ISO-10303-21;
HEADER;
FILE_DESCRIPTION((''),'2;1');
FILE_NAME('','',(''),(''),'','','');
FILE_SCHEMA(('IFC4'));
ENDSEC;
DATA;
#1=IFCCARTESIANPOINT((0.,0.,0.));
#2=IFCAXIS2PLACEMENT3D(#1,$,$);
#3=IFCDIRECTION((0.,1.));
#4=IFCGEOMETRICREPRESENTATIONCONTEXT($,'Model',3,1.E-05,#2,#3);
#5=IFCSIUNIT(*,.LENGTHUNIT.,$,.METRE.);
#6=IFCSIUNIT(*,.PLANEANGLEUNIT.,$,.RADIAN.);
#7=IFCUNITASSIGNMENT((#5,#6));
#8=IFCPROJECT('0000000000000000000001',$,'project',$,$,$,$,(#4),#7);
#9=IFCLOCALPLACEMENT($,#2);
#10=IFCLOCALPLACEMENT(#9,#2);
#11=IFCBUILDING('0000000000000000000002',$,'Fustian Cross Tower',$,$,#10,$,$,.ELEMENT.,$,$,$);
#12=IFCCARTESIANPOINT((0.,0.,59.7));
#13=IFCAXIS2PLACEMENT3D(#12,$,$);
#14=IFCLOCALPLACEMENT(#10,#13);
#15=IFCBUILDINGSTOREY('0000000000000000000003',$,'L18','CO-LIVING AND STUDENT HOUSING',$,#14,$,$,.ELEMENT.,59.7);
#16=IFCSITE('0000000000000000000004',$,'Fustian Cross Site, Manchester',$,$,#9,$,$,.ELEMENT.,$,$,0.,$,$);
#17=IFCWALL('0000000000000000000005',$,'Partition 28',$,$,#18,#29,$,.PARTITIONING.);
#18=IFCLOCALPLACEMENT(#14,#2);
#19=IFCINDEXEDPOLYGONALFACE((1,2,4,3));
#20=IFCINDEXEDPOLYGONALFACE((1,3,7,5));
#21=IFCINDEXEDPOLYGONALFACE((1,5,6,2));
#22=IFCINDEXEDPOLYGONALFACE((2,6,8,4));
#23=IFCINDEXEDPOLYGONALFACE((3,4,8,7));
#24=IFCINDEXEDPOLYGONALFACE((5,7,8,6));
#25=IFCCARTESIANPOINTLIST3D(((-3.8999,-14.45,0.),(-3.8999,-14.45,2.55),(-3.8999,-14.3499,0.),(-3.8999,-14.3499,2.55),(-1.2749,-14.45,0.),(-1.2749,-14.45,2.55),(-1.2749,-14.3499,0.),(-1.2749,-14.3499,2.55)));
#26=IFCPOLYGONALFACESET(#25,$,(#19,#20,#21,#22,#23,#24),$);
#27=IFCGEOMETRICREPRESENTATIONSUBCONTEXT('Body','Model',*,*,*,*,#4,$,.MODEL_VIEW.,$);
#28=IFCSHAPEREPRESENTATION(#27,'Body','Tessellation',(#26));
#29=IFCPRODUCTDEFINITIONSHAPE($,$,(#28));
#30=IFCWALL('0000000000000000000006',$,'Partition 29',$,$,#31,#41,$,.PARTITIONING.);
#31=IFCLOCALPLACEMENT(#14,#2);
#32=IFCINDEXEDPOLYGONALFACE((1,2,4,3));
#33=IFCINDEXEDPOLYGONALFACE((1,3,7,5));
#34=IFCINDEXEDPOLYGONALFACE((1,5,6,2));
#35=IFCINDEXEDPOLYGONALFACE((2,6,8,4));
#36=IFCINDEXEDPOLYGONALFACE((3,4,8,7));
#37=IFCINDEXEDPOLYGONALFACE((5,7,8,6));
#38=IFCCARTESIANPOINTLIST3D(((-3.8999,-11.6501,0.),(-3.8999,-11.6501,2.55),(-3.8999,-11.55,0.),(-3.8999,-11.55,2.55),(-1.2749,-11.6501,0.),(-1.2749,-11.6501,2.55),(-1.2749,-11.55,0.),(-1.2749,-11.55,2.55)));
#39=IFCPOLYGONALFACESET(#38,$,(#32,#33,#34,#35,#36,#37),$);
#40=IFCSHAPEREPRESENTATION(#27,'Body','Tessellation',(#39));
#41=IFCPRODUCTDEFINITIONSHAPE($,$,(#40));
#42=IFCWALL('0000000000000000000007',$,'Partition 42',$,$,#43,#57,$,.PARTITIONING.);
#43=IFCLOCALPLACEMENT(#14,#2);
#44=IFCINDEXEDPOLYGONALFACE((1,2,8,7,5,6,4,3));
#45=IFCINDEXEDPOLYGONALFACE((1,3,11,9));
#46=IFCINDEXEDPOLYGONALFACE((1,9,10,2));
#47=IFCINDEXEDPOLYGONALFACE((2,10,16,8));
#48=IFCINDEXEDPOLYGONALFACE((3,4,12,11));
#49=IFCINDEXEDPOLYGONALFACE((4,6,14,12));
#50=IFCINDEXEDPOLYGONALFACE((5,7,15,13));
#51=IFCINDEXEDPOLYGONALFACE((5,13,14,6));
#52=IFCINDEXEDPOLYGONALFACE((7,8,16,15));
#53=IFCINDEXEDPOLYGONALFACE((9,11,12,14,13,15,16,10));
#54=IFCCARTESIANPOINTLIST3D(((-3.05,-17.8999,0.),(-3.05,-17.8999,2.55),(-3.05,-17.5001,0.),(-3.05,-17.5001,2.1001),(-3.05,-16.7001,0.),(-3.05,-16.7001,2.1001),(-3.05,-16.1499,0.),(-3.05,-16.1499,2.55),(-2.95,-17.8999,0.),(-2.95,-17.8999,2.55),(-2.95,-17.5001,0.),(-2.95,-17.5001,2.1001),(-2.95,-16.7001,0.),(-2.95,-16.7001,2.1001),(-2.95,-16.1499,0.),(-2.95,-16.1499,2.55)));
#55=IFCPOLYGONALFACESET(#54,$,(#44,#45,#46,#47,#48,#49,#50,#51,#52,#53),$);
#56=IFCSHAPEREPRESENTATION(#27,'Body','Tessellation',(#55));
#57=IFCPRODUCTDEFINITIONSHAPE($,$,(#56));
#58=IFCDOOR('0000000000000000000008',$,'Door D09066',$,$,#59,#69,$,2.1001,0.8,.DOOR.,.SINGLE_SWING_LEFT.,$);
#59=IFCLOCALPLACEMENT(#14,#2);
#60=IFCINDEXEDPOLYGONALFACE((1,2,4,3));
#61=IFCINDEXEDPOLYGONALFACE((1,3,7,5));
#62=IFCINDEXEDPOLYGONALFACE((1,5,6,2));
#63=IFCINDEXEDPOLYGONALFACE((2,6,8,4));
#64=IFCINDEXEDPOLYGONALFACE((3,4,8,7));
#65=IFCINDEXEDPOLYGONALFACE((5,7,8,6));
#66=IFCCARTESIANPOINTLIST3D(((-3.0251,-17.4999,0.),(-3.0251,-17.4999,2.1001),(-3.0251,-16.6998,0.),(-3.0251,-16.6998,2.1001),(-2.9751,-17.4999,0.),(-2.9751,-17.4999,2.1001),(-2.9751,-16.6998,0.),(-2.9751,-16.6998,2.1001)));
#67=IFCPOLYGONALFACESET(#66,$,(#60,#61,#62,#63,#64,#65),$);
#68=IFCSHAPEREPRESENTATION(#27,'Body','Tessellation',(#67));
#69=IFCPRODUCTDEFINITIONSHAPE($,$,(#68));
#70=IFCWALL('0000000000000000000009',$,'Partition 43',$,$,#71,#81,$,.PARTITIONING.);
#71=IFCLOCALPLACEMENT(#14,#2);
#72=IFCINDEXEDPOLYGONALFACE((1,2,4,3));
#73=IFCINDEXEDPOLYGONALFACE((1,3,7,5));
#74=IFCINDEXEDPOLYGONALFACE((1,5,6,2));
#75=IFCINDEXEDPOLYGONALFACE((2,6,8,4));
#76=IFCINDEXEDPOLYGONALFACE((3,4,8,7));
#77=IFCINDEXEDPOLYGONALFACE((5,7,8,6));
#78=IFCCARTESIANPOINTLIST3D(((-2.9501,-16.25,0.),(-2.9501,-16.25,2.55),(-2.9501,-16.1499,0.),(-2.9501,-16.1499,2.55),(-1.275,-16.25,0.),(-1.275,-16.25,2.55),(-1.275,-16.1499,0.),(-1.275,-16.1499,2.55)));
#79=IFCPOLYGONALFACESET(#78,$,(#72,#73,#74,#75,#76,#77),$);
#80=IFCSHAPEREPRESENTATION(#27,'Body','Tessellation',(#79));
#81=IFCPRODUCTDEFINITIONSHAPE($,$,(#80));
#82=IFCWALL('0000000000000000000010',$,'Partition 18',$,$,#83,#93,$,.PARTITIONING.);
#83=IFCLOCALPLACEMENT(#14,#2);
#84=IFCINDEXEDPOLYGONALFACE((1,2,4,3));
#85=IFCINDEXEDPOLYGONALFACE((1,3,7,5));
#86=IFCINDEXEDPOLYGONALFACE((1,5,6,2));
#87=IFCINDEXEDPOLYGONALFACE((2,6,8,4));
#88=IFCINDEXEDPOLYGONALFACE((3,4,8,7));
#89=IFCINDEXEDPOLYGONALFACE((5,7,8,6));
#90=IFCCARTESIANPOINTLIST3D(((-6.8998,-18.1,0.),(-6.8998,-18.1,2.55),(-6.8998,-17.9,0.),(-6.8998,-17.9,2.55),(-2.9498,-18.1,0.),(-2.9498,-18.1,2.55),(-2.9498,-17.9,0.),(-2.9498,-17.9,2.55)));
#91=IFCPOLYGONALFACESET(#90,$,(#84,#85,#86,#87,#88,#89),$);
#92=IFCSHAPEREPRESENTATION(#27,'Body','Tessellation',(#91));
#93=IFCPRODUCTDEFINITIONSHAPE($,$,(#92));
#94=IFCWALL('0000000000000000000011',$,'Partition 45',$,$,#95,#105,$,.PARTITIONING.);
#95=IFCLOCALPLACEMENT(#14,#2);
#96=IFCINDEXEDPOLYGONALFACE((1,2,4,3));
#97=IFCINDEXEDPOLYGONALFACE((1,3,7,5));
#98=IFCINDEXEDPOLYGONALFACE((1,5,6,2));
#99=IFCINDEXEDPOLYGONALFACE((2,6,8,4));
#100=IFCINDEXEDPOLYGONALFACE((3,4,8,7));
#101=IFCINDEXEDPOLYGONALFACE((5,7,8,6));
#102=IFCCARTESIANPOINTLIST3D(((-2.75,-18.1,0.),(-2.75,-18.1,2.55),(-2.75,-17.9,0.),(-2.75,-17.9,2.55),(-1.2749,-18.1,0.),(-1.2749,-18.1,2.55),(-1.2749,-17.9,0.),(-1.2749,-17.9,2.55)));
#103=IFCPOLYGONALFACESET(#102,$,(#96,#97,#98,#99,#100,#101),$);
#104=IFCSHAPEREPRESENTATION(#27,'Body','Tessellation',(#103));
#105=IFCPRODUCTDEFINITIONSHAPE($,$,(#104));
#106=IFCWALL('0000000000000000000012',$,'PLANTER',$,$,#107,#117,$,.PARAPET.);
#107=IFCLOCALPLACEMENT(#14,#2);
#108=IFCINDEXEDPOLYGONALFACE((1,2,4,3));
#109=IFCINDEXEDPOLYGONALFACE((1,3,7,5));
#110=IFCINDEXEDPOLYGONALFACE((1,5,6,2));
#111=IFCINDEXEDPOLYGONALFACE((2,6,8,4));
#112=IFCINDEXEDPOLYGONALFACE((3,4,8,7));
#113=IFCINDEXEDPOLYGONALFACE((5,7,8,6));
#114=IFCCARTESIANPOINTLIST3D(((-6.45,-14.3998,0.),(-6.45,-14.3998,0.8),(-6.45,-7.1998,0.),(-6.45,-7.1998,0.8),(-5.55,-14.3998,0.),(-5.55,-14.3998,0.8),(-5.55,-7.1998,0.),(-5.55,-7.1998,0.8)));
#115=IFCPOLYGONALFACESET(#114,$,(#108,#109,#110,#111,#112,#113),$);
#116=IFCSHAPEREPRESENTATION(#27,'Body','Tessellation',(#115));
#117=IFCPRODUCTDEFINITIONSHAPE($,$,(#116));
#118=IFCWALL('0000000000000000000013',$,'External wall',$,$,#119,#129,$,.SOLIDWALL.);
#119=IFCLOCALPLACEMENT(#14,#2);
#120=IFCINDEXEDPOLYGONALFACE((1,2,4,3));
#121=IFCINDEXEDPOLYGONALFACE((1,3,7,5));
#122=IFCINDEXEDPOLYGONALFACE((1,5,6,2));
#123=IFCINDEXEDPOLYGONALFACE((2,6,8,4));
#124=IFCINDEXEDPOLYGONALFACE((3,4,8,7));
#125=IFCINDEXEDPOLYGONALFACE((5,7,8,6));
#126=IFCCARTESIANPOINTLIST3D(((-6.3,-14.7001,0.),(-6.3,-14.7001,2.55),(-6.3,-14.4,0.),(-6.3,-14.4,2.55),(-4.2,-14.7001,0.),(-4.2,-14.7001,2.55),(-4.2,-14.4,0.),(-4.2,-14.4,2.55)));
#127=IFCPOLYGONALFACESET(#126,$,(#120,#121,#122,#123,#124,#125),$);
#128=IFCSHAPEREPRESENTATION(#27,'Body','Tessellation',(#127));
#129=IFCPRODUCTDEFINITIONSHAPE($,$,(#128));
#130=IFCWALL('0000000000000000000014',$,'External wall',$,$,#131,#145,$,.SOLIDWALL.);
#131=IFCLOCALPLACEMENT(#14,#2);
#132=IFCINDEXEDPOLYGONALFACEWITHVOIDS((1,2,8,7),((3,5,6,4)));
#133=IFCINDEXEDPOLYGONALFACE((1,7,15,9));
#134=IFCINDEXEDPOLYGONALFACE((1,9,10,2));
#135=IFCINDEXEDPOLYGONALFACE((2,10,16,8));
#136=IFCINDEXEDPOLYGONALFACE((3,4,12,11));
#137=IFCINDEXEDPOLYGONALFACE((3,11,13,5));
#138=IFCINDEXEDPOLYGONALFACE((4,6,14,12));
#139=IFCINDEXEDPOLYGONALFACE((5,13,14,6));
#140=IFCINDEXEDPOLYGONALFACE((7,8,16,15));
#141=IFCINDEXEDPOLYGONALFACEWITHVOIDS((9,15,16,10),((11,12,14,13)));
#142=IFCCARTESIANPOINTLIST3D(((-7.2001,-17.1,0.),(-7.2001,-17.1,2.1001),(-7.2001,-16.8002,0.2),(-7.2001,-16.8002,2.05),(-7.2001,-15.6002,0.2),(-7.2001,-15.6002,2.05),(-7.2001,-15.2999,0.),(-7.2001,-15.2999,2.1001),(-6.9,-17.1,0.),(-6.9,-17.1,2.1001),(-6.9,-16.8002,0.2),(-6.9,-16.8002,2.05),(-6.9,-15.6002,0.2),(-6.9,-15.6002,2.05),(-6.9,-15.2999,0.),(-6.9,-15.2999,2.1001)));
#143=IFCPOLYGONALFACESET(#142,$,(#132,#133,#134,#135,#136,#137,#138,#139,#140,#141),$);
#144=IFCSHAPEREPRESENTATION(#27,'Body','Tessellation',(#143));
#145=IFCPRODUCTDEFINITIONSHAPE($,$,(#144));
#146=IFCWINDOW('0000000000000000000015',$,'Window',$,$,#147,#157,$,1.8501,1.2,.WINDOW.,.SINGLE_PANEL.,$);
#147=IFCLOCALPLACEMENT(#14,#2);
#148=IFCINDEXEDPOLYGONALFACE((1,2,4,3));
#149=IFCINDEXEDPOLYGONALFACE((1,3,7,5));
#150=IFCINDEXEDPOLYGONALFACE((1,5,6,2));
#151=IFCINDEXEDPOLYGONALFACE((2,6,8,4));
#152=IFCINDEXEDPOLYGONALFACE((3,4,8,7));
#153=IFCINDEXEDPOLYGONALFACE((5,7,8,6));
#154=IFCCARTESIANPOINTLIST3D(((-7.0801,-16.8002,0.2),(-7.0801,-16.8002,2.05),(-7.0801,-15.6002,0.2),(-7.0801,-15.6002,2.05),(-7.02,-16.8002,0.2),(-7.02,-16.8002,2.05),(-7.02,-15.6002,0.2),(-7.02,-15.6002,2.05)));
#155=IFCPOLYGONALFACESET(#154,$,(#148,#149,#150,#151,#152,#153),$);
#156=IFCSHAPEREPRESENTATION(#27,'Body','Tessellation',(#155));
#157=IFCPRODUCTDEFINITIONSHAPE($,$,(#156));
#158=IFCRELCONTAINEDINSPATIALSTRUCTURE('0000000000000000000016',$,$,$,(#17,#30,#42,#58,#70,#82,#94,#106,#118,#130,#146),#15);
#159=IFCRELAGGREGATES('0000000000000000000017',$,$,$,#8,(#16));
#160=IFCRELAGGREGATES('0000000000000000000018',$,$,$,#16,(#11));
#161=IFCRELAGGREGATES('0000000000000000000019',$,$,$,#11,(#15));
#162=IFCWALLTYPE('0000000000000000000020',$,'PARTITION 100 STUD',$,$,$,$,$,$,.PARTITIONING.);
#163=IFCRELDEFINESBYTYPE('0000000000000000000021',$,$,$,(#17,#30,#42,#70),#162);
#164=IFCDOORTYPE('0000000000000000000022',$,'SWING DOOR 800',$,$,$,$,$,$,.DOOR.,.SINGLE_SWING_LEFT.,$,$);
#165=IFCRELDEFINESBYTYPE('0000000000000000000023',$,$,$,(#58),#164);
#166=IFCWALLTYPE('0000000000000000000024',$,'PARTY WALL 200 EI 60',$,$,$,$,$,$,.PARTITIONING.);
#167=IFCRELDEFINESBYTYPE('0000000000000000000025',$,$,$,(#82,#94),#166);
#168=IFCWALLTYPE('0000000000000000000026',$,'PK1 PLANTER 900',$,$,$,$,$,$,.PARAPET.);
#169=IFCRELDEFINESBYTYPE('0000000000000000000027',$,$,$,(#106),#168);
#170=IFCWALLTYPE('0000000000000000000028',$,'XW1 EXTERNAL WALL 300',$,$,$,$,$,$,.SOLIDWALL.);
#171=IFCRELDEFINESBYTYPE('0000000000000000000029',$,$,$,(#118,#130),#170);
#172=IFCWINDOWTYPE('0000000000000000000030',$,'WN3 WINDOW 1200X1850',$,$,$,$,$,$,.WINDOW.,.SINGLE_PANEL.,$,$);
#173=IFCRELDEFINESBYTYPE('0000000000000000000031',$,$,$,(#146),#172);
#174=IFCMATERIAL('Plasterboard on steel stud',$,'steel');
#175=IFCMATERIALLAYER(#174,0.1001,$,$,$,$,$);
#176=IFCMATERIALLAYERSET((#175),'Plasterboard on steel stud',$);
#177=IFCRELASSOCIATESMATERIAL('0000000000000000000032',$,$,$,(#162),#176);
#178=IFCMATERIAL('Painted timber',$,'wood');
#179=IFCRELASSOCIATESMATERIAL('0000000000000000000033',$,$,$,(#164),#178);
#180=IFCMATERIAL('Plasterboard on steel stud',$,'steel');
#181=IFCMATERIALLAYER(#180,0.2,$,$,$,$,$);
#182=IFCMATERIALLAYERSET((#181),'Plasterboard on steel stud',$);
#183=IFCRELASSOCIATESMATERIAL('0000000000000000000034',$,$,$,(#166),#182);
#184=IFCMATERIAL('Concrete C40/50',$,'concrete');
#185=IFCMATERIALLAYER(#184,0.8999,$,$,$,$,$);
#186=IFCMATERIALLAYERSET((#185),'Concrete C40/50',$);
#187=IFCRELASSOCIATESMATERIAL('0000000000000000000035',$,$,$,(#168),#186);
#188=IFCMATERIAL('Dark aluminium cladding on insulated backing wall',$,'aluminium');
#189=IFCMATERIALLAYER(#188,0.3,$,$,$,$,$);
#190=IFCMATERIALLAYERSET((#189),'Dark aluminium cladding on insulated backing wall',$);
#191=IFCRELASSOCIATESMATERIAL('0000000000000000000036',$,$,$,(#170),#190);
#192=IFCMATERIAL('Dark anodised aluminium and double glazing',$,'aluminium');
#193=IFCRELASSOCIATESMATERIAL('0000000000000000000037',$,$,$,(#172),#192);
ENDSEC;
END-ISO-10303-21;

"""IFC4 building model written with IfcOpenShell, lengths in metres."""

from ifc_helpers import new_model, si_unit, direction, frame, frame_2d, origin, place, context, subcontext, project, spatial, rectangle, extrude, material, layer, layer_set, type_object, element, fill, save


model = new_model("IFC4")

# Units and contexts
model_context = context("Model", 3, precision=1e-05, world=origin(), true_north=direction((0.0, 1.0)))
body_context = subcontext(model_context, "Body", "Model", "MODEL_VIEW")
ifc_project = project(units=[si_unit("LENGTHUNIT", "METRE"), si_unit("PLANEANGLEUNIT", "RADIAN")], contexts=[model_context])

# Site, building, storey
site_placement = place(None, origin())
site = spatial("IfcSite", under=ifc_project, at=site_placement, Name="Fustian Cross Site, Manchester", CompositionType="ELEMENT", RefElevation=0.0)
building_placement = place(site_placement, origin())
building = spatial("IfcBuilding", under=site, at=building_placement, Name="Fustian Cross Tower", CompositionType="ELEMENT")
storey_placement = place(building_placement, frame((0.0, 0.0, 59.7)))
storey = spatial("IfcBuildingStorey", under=building, at=storey_placement, Name="L18", Description="CO-LIVING AND STUDENT HOUSING", CompositionType="ELEMENT", Elevation=59.7)

# Shared definitions
ifc_material_1 = material(Name="Plasterboard on steel stud", Category="steel")
ifc_layer_1 = layer(ifc_material_1, 0.1001)
ifc_layer_set_1 = layer_set([ifc_layer_1], Name="Plasterboard on steel stud")
wall_type_1 = type_object("IfcWallType", Name="PARTITION 100 STUD", PredefinedType="PARTITIONING", material=ifc_layer_set_1)

# Shared definitions
ifc_material_2 = material(Name="Painted timber", Category="wood")
door_type = type_object("IfcDoorType", Name="SWING DOOR 800", OperationType="SINGLE_SWING_LEFT", PredefinedType="DOOR", material=ifc_material_2)

# Walls
for number, where, z_axis, x_axis, name in (
    (1, (-3.8999, -14.3999, 0.0), (0.0, 0.0, 1.0), (1.0, 0.0, 0.0), "Partition 28"),
    (2, (-3.8999, -11.6001, 0.0), (0.0, 0.0, 1.0), (1.0, 0.0, 0.0), "Partition 29"),
):
    element("IfcWall", number, at=place(storey_placement, frame(where, z_axis=z_axis, x_axis=x_axis)), inside=storey, type_object=wall_type_1, Name=name, PredefinedType="PARTITIONING", context=body_context, shape_type="SweptSolid", body=[
        extrude(rectangle(XDim=2.625, YDim=0.1001, at=frame_2d((1.3125, 0.0))), origin(), (0.0, 0.0, 1.0), 2.55),
    ])

# Wall, opening, door
wall_1_placement = place(storey_placement, frame((-3.0, -17.8999, 0.0), z_axis=(0.0, 0.0, 1.0), x_axis=(0.0, 1.0, 0.0)))
wall_1 = element("IfcWall", 3, at=wall_1_placement, inside=storey, type_object=wall_type_1, Name="Partition 42", PredefinedType="PARTITIONING", context=body_context, shape_type="SweptSolid", body=[
    extrude(rectangle(XDim=1.75, YDim=0.1001, at=frame_2d((0.875, 0.0))), origin(), (0.0, 0.0, 1.0), 2.55),
])
opening_1_placement = place(wall_1_placement, frame((0.3999, 0.0, 0.0)))
opening_1 = element("IfcOpeningElement", 4, at=opening_1_placement, cuts=wall_1, PredefinedType="OPENING", context=body_context, shape_type="SweptSolid", body=[
    extrude(rectangle(XDim=0.8, YDim=2.1001, at=frame_2d((0.3999, 1.05))), frame((0.0, 0.0601, 0.0), z_axis=(0.0, -1.0, 0.0), x_axis=(1.0, 0.0, 0.0)), (0.0, 0.0, 1.0), 0.1201),
])
door_1_placement = place(opening_1_placement, frame((0.8, 0.0, 0.0), z_axis=(0.0, 0.0, 1.0), x_axis=(-1.0, 0.0, 0.0)))
door_1 = element("IfcDoor", 5, at=door_1_placement, inside=storey, type_object=door_type, Name="Door D09066", OperationType="SINGLE_SWING_LEFT", OverallHeight=2.1001, OverallWidth=0.8, PredefinedType="DOOR", context=body_context, shape_type="SweptSolid", body=[
    extrude(rectangle(XDim=0.8, YDim=2.1001, at=frame_2d((0.3999, 1.05))), frame((0.0, 0.0249, 0.0), z_axis=(0.0, -1.0, 0.0), x_axis=(1.0, 0.0, 0.0)), (0.0, 0.0, 1.0), 0.05),
])
fill(opening_1, door_1)

# Walls
wall_2_placement = place(storey_placement, frame((-2.95, -16.2, 0.0), z_axis=(0.0, 0.0, 1.0), x_axis=(1.0, 0.0, 0.0)))
element("IfcWall", 6, at=wall_2_placement, inside=storey, type_object=wall_type_1, Name="Partition 43", PredefinedType="PARTITIONING", context=body_context, shape_type="SweptSolid", body=[
    extrude(rectangle(XDim=1.675, YDim=0.1001, at=frame_2d((0.8374, 0.0))), origin(), (0.0, 0.0, 1.0), 2.55),
])
ifc_material_3 = material(Name="Plasterboard on steel stud", Category="steel")
ifc_layer_2 = layer(ifc_material_3, 0.2)
ifc_layer_set_2 = layer_set([ifc_layer_2], Name="Plasterboard on steel stud")
wall_type_2 = type_object("IfcWallType", Name="PARTY WALL 200 EI 60", PredefinedType="PARTITIONING", material=ifc_layer_set_2)
wall_3_placement = place(storey_placement, frame((-6.8999, -18.0, 0.0), z_axis=(0.0, 0.0, 1.0), x_axis=(1.0, 0.0, 0.0)))
element("IfcWall", 7, at=wall_3_placement, inside=storey, type_object=wall_type_2, Name="Partition 18", PredefinedType="PARTITIONING", context=body_context, shape_type="SweptSolid", body=[
    extrude(rectangle(XDim=3.95, YDim=0.2, at=frame_2d((1.9751, 0.0))), origin(), (0.0, 0.0, 1.0), 2.55),
])
wall_4_placement = place(storey_placement, frame((-2.75, -18.0, 0.0), z_axis=(0.0, 0.0, 1.0), x_axis=(1.0, 0.0, 0.0)))
element("IfcWall", 8, at=wall_4_placement, inside=storey, type_object=wall_type_2, Name="Partition 45", PredefinedType="PARTITIONING", context=body_context, shape_type="SweptSolid", body=[
    extrude(rectangle(XDim=1.4751, YDim=0.2, at=frame_2d((0.7375, 0.0))), origin(), (0.0, 0.0, 1.0), 2.55),
])
ifc_material_4 = material(Name="Concrete C40/50", Category="concrete")
ifc_layer_3 = layer(ifc_material_4, 0.8999)
ifc_layer_set_3 = layer_set([ifc_layer_3], Name="Concrete C40/50")
wall_type_3 = type_object("IfcWallType", Name="PK1 PLANTER 900", PredefinedType="PARAPET", material=ifc_layer_set_3)
wall_5_placement = place(storey_placement, frame((-6.0, -14.3999, 0.0), z_axis=(0.0, 0.0, 1.0), x_axis=(0.0, 1.0, 0.0)))
element("IfcWall", 9, at=wall_5_placement, inside=storey, type_object=wall_type_3, Name="PLANTER", PredefinedType="PARAPET", context=body_context, shape_type="SweptSolid", body=[
    extrude(rectangle(XDim=7.2, YDim=0.8999, at=frame_2d((3.6001, 0.0))), origin(), (0.0, 0.0, 1.0), 0.8),
])
ifc_material_5 = material(Name="Dark aluminium cladding on insulated backing wall", Category="aluminium")
ifc_layer_4 = layer(ifc_material_5, 0.3)
ifc_layer_set_4 = layer_set([ifc_layer_4], Name="Dark aluminium cladding on insulated backing wall")
wall_type_4 = type_object("IfcWallType", Name="XW1 EXTERNAL WALL 300", PredefinedType="SOLIDWALL", material=ifc_layer_set_4)
wall_6_placement = place(storey_placement, frame((-4.2, -14.55, 0.0), z_axis=(0.0, 0.0, 1.0), x_axis=(-1.0, 0.0, 0.0)))
element("IfcWall", 10, at=wall_6_placement, inside=storey, type_object=wall_type_4, Name="External wall", PredefinedType="SOLIDWALL", context=body_context, shape_type="SweptSolid", body=[
    extrude(rectangle(XDim=2.1001, YDim=0.3, at=frame_2d((1.05, 0.0))), origin(), (0.0, 0.0, 1.0), 2.55),
])

# Wall, opening, window
wall_7_placement = place(storey_placement, frame((-7.05, -15.3, 0.0), z_axis=(0.0, 0.0, 1.0), x_axis=(0.0, -1.0, 0.0)))
wall_7 = element("IfcWall", 11, at=wall_7_placement, inside=storey, type_object=wall_type_4, Name="External wall", PredefinedType="SOLIDWALL", context=body_context, shape_type="SweptSolid", body=[
    extrude(rectangle(XDim=1.8, YDim=0.3, at=frame_2d((0.8999, 0.0))), origin(), (0.0, 0.0, 1.0), 2.1001),
])
opening_2_placement = place(wall_7_placement, frame((0.3, 0.0, 0.2)))
opening_2 = element("IfcOpeningElement", 12, at=opening_2_placement, cuts=wall_7, PredefinedType="OPENING", context=body_context, shape_type="SweptSolid", body=[
    extrude(rectangle(XDim=1.2, YDim=1.8501, at=frame_2d((0.6001, 0.925))), frame((0.0, 0.1599, 0.0), z_axis=(0.0, -1.0, 0.0), x_axis=(1.0, 0.0, 0.0)), (0.0, 0.0, 1.0), 0.3201),
])
ifc_material_6 = material(Name="Dark anodised aluminium and double glazing", Category="aluminium")
window_type = type_object("IfcWindowType", Name="WN3 WINDOW 1200X1850", PartitioningType="SINGLE_PANEL", PredefinedType="WINDOW", material=ifc_material_6)
window_1_placement = place(opening_2_placement, origin())
window_1 = element("IfcWindow", 13, at=window_1_placement, inside=storey, type_object=window_type, Name="Window", OverallHeight=1.8501, OverallWidth=1.2, PartitioningType="SINGLE_PANEL", PredefinedType="WINDOW", context=body_context, shape_type="SweptSolid", body=[
    extrude(rectangle(XDim=1.2, YDim=1.8501, at=frame_2d((0.6001, 0.925))), frame((0.0, 0.03, 0.0), z_axis=(0.0, -1.0, 0.0), x_axis=(1.0, 0.0, 0.0)), (0.0, 0.0, 1.0), 0.0601),
])
fill(opening_2, window_1)

save(model, "model.ifc")
